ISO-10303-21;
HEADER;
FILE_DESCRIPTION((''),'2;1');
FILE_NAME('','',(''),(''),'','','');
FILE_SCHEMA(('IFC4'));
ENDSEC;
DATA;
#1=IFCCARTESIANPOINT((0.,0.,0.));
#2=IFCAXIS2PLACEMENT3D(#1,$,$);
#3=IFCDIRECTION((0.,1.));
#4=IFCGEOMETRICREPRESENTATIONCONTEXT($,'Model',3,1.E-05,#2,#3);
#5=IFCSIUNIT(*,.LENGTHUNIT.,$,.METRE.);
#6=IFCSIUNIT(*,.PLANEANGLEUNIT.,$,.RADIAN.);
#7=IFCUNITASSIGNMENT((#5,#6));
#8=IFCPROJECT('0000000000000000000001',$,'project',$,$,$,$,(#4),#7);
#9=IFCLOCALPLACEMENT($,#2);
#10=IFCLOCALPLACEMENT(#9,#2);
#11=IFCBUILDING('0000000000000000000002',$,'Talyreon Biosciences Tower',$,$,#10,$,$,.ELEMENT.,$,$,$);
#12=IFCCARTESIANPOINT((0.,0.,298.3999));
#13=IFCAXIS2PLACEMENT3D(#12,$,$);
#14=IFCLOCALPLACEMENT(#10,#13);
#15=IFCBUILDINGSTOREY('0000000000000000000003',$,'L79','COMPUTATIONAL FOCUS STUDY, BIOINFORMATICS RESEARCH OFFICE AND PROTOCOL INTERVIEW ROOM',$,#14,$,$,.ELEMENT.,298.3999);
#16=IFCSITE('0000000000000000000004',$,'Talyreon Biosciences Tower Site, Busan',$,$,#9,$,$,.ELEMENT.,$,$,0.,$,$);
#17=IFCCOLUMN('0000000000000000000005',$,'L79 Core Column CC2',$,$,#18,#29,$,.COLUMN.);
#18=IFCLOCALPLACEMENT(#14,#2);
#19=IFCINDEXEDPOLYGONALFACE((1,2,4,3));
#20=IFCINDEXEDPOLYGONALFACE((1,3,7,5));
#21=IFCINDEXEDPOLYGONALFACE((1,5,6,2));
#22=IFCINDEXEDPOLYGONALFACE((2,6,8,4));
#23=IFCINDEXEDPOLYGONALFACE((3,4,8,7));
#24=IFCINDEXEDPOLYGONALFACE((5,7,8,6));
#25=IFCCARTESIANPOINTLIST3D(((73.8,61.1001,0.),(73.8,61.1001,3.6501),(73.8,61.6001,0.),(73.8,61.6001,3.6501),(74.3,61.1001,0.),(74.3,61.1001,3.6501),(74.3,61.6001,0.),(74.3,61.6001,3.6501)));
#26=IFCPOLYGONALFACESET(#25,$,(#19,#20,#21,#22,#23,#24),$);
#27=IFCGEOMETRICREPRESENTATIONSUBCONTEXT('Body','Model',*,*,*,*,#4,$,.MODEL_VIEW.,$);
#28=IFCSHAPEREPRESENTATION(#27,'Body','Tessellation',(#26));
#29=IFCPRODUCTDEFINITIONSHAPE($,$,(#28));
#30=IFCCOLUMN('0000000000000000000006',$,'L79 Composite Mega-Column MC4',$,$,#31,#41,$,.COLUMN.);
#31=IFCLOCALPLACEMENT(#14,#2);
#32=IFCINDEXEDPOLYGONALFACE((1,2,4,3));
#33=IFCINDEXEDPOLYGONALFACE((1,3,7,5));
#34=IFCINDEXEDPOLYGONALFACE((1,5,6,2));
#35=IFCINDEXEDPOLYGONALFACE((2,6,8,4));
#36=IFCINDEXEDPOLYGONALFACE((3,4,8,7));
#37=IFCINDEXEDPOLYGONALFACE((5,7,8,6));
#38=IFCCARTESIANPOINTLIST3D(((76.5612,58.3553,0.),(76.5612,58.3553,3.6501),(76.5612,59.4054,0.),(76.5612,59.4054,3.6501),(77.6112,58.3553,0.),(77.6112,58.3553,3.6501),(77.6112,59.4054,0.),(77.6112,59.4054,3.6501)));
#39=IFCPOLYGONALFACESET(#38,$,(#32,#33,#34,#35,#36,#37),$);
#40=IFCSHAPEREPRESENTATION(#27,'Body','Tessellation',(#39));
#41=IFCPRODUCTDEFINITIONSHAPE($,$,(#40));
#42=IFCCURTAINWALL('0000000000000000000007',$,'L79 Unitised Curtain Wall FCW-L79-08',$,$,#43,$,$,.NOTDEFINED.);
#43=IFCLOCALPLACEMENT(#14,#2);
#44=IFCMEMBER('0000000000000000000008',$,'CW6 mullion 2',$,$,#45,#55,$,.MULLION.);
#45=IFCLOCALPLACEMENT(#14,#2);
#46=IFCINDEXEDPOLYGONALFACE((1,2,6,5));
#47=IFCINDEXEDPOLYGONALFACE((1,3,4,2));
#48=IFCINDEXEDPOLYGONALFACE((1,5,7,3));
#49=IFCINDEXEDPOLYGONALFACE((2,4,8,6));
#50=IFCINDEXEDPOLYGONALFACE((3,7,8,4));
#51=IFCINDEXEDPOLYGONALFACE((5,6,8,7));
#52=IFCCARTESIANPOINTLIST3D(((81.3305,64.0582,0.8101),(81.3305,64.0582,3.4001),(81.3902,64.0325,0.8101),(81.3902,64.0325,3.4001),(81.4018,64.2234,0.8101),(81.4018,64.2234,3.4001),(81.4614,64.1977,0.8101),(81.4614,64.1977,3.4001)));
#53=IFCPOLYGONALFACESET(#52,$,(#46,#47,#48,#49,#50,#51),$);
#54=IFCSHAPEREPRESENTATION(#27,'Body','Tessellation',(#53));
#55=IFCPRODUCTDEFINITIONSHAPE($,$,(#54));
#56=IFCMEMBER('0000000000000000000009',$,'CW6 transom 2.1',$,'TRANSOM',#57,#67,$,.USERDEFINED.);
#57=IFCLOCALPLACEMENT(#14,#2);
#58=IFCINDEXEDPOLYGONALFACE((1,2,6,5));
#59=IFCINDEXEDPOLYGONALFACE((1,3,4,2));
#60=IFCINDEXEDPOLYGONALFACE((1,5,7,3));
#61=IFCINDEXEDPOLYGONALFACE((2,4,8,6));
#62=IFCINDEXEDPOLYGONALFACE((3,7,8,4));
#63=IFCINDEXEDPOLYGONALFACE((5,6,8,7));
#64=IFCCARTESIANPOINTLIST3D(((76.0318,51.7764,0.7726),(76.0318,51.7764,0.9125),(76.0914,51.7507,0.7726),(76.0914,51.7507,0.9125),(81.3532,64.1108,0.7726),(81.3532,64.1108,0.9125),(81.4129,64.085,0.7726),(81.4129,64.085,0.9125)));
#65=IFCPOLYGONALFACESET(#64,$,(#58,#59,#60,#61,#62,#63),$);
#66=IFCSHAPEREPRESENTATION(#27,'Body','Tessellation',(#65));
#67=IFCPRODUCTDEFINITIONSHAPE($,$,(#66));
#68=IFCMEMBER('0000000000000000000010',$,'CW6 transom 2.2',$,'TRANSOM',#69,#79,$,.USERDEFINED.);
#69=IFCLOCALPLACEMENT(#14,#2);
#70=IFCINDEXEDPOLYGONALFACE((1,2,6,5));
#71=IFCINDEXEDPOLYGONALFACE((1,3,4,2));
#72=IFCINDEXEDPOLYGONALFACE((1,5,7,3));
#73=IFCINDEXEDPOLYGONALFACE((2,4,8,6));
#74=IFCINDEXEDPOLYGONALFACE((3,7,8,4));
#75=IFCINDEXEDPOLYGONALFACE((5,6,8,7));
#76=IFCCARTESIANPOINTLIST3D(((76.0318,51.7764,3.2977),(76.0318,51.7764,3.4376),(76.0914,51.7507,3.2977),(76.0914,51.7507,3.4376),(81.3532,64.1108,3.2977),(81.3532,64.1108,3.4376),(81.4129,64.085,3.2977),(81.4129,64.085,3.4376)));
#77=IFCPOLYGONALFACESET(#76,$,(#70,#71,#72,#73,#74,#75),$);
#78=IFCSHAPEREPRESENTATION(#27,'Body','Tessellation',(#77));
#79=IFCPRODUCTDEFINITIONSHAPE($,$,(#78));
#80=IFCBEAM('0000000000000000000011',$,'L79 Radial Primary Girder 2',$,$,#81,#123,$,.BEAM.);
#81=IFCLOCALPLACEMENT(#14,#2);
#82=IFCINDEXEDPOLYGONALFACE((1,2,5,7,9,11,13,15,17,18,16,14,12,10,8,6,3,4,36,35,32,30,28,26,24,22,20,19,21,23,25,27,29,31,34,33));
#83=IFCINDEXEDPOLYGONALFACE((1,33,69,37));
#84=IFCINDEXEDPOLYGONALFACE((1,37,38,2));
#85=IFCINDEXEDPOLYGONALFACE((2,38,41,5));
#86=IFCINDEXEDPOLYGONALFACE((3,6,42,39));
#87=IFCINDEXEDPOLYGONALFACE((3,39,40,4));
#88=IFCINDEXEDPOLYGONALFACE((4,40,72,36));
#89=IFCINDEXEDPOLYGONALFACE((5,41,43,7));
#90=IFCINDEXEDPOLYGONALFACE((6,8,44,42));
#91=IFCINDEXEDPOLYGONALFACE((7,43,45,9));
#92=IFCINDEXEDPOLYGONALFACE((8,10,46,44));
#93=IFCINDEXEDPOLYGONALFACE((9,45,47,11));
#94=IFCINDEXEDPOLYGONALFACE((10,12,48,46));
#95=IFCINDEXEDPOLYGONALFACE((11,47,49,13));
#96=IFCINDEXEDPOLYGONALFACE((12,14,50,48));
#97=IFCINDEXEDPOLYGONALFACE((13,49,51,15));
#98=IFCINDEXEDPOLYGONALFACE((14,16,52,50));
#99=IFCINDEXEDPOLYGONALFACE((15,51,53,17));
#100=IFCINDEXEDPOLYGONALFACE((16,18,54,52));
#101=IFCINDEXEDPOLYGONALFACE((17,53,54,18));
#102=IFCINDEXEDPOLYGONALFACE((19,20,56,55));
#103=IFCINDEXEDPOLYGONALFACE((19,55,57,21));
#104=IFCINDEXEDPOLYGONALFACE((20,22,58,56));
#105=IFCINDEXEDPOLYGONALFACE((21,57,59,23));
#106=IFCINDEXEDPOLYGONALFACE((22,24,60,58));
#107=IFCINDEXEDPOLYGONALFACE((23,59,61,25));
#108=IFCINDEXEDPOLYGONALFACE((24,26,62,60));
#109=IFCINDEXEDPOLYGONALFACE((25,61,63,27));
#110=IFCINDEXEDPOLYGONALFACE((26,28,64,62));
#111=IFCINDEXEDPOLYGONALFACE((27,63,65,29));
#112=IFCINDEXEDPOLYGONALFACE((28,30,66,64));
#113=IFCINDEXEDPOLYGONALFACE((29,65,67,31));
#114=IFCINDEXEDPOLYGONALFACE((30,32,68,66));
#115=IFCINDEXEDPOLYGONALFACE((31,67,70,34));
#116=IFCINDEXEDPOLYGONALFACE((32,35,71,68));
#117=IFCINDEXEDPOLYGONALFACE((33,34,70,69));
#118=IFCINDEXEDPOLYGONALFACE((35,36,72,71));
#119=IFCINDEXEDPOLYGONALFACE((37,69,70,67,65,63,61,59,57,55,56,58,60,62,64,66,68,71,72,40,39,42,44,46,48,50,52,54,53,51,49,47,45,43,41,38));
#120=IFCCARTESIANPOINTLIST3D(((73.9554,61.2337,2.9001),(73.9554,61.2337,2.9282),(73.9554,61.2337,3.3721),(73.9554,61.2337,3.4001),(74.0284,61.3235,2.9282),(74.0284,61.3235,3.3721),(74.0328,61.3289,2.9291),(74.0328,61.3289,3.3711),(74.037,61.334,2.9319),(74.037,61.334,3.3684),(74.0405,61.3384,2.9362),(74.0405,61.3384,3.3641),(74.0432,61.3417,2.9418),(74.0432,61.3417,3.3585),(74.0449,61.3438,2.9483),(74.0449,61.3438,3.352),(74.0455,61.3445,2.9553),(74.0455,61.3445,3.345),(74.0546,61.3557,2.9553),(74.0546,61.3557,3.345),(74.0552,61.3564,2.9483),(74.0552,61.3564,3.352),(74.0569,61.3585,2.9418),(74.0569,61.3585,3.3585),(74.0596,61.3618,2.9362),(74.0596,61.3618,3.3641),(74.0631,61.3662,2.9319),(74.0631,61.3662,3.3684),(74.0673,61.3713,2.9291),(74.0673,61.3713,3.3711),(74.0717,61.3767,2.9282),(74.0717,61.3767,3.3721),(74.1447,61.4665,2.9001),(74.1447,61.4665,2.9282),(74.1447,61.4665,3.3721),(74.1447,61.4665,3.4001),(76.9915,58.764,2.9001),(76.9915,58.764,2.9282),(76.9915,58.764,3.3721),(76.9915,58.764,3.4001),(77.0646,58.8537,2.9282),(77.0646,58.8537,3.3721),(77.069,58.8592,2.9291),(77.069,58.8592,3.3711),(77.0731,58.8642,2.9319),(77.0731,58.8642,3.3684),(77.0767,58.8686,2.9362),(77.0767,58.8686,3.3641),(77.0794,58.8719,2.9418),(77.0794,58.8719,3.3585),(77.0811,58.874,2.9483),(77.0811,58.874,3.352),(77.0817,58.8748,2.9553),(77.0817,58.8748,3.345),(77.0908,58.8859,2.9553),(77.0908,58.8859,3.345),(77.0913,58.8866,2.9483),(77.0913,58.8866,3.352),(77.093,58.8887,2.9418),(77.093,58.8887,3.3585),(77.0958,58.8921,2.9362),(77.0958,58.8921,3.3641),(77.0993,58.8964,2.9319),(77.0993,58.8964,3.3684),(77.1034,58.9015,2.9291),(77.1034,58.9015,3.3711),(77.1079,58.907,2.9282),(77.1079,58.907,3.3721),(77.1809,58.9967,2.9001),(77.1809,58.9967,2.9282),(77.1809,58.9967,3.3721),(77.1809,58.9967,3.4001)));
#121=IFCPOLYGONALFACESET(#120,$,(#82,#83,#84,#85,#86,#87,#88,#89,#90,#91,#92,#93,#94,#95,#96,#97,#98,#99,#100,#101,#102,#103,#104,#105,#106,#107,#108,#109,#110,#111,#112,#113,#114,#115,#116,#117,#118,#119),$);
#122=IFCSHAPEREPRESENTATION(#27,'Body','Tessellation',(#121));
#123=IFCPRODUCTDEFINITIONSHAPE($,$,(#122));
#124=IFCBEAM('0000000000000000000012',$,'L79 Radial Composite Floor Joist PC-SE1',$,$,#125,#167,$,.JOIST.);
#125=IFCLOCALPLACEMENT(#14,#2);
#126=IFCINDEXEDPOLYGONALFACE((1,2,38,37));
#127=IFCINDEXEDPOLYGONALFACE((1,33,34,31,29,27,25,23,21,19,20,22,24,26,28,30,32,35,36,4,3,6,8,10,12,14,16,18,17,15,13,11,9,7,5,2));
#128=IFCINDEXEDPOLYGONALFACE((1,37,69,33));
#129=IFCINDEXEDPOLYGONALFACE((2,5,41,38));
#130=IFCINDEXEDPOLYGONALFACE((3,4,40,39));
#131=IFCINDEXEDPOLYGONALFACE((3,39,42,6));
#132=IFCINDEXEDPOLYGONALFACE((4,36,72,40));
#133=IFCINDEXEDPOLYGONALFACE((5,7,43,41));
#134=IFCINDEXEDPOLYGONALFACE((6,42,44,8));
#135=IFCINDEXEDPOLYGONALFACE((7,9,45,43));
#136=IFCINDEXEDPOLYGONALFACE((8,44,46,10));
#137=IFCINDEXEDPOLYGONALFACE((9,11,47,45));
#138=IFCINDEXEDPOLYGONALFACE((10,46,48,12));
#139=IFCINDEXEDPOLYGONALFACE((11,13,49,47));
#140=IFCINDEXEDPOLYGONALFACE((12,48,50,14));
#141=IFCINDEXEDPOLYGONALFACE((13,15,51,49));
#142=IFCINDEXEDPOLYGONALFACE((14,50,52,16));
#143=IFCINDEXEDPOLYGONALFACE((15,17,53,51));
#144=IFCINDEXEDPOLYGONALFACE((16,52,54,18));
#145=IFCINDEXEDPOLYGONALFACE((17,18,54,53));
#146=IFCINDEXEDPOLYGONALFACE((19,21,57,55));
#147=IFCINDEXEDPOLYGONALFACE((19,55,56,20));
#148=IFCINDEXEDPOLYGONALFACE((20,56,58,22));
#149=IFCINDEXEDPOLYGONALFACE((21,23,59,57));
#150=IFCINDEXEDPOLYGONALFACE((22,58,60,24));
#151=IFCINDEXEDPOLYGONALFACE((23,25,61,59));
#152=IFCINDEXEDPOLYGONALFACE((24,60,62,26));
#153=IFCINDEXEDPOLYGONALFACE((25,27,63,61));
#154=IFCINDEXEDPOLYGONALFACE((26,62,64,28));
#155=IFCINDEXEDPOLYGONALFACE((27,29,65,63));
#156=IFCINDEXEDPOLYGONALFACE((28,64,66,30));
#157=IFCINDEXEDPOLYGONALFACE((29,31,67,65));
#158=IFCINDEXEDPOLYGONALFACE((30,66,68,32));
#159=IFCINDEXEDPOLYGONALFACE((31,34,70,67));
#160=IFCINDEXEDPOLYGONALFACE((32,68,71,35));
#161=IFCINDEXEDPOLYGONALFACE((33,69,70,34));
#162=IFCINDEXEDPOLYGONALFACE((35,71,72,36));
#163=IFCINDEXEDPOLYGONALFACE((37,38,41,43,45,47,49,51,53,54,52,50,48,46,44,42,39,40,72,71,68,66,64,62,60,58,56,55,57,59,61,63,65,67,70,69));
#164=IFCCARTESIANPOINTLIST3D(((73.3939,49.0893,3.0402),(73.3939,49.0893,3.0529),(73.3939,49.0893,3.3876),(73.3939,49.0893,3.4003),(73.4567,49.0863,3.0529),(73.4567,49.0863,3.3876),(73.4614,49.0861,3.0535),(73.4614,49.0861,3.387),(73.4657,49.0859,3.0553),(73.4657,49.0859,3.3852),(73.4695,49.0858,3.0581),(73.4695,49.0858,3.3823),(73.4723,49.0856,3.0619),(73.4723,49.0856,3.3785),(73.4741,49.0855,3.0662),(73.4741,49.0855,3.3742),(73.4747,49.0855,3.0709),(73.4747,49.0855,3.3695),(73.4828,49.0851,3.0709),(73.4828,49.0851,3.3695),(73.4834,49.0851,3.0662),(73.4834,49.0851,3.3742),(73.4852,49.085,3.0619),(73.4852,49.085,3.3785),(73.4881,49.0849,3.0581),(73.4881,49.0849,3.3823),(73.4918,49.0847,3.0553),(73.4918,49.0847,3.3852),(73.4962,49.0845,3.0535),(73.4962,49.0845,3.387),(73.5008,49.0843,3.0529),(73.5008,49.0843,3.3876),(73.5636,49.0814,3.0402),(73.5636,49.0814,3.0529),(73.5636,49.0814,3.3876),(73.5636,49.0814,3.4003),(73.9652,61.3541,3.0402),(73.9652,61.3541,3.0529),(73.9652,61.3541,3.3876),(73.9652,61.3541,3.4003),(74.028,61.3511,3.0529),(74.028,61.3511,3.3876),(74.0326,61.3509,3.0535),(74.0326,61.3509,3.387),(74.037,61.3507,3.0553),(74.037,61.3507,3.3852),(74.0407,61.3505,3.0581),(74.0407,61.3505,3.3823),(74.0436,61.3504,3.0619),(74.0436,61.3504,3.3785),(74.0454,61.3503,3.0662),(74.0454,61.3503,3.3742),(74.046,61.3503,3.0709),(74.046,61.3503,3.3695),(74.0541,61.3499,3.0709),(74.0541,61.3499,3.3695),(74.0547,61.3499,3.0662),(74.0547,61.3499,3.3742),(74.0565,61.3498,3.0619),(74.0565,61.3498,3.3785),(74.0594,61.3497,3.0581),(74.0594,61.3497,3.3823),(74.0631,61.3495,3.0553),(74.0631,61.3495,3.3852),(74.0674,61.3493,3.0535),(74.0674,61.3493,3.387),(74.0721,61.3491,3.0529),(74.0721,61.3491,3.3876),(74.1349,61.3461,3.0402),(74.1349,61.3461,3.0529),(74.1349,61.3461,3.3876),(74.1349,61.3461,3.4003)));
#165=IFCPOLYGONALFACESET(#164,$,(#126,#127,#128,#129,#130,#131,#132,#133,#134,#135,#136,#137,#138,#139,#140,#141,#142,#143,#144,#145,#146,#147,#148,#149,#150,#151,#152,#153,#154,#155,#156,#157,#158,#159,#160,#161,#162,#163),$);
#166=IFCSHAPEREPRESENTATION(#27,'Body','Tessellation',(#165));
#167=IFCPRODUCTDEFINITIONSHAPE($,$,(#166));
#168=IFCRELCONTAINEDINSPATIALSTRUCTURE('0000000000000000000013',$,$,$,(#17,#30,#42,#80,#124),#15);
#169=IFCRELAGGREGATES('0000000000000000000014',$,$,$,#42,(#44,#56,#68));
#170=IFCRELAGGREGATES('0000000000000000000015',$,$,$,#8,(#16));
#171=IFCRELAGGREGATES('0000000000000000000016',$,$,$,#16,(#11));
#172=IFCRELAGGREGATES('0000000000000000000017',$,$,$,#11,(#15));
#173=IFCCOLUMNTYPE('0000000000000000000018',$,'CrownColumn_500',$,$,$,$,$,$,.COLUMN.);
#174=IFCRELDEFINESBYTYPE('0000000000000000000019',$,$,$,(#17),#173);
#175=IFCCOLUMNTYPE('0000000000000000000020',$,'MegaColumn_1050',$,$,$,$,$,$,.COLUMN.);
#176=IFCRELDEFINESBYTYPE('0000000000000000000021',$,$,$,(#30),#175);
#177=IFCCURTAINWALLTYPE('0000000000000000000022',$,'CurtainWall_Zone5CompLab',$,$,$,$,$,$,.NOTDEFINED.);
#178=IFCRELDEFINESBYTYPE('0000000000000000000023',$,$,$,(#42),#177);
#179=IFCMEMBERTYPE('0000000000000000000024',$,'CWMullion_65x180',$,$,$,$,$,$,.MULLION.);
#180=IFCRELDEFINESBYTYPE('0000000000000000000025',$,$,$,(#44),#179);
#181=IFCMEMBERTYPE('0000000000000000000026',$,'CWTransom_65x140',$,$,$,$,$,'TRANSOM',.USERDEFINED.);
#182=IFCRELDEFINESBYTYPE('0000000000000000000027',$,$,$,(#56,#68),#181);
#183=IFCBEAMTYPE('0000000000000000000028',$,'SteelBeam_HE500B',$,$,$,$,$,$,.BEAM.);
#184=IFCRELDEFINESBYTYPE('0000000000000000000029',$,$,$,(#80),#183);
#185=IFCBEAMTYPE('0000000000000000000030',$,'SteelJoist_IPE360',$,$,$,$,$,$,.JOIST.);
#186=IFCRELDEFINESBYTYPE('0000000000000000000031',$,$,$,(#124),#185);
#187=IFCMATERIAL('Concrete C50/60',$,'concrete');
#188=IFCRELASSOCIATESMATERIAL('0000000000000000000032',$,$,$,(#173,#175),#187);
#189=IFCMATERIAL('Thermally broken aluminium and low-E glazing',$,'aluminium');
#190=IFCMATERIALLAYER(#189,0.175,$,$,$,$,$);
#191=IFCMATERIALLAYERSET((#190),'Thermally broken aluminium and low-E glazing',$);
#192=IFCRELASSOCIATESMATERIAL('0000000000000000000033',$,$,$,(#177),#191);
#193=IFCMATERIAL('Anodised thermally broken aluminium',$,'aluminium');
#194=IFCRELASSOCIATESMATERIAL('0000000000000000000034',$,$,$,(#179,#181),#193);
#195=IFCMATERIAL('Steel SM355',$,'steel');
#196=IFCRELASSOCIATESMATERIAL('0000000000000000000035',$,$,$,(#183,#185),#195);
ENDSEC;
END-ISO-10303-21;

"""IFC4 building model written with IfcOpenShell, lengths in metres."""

from ifc_helpers import new_model, si_unit, direction, frame, origin, origin_2d, place, context, subcontext, project, spatial, rectangle, i_section, extrude, material, layer, layer_set, material_profile, profile_set, type_object, element, aggregate, save


model = new_model("IFC4")

# Units and contexts
model_context = context("Model", 3, precision=1e-05, world=origin(), true_north=direction((0.0, 1.0)))
body_context = subcontext(model_context, "Body", "Model", "MODEL_VIEW")
ifc_project = project(units=[si_unit("LENGTHUNIT", "METRE"), si_unit("PLANEANGLEUNIT", "RADIAN")], contexts=[model_context])

# Site, building, storey
site_placement = place(None, origin())
site = spatial("IfcSite", under=ifc_project, at=site_placement, Name="Talyreon Biosciences Tower Site, Busan", CompositionType="ELEMENT", RefElevation=0.0)
building_placement = place(site_placement, origin())
building = spatial("IfcBuilding", under=site, at=building_placement, Name="Talyreon Biosciences Tower", CompositionType="ELEMENT")
storey_placement = place(building_placement, frame((0.0, 0.0, 298.3999)))
storey = spatial("IfcBuildingStorey", under=building, at=storey_placement, Name="L79", Description="COMPUTATIONAL FOCUS STUDY, BIOINFORMATICS RESEARCH OFFICE AND PROTOCOL INTERVIEW ROOM", CompositionType="ELEMENT", Elevation=298.3999)

# Columns
ifc_material_1 = material(Name="Concrete C50/60", Category="concrete")
ifc_material_profile_1 = material_profile(ifc_material_1, rectangle(XDim=0.5, YDim=0.5, at=origin_2d()), Name="RC 500x500")
ifc_profile_set_1 = profile_set([ifc_material_profile_1], Name="Concrete C50/60")
column_type_1 = type_object("IfcColumnType", Name="CrownColumn_500", PredefinedType="COLUMN", material=ifc_profile_set_1)
column_1_placement = place(storey_placement, frame((74.05, 61.3501, 0.0), z_axis=(0.0, 0.0, 1.0), x_axis=(1.0, 0.0, 0.0)))
element("IfcColumn", 1, at=column_1_placement, inside=storey, type_object=column_type_1, Name="L79 Core Column CC2", PredefinedType="COLUMN", context=body_context, shape_type="SweptSolid", body=[
    extrude(rectangle(XDim=0.5, YDim=0.5, at=origin_2d()), origin(), (0.0, 0.0, 1.0), 3.6501),
])
ifc_material_profile_2 = material_profile(ifc_material_1, rectangle(XDim=1.05, YDim=1.05, at=origin_2d()), Name="RC 1050x1050")
ifc_profile_set_2 = profile_set([ifc_material_profile_2], Name="Concrete C50/60")
column_type_2 = type_object("IfcColumnType", Name="MegaColumn_1050", PredefinedType="COLUMN", material=ifc_profile_set_2)
column_2_placement = place(storey_placement, frame((77.0862, 58.8804, 0.0), z_axis=(0.0, 0.0, 1.0), x_axis=(1.0, 0.0, 0.0)))
element("IfcColumn", 2, at=column_2_placement, inside=storey, type_object=column_type_2, Name="L79 Composite Mega-Column MC4", PredefinedType="COLUMN", context=body_context, shape_type="SweptSolid", body=[
    extrude(rectangle(XDim=1.05, YDim=1.05, at=origin_2d()), origin(), (0.0, 0.0, 1.0), 3.6501),
])

# Curtain wall, members
ifc_material_2 = material(Name="Thermally broken aluminium and low-E glazing", Category="aluminium")
ifc_layer_1 = layer(ifc_material_2, 0.175)
ifc_layer_set_1 = layer_set([ifc_layer_1], Name="Thermally broken aluminium and low-E glazing")
curtain_wall_type = type_object("IfcCurtainWallType", Name="CurtainWall_Zone5CompLab", PredefinedType="NOTDEFINED", material=ifc_layer_set_1)
curtain_wall_placement = place(storey_placement, origin())
curtain_wall = element("IfcCurtainWall", 3, at=curtain_wall_placement, inside=storey, type_object=curtain_wall_type, Name="L79 Unitised Curtain Wall FCW-L79-08", PredefinedType="NOTDEFINED")
ifc_material_3 = material(Name="Anodised thermally broken aluminium", Category="aluminium")
ifc_material_profile_3 = material_profile(ifc_material_3, rectangle(XDim=0.0649, YDim=0.1799, at=origin_2d()), Name="ALUM MULLION 65x180")
ifc_profile_set_3 = profile_set([ifc_material_profile_3], Name="Anodised thermally broken aluminium")
member_type_1 = type_object("IfcMemberType", Name="CWMullion_65x180", PredefinedType="MULLION", material=ifc_profile_set_3)
member_1_placement = place(storey_placement, frame((81.396, 64.1279, 0.8101), z_axis=(0.0, 0.0, 1.0), x_axis=(0.918187, -0.396147, 0.0)))
member_1 = element("IfcMember", 4, at=member_1_placement, type_object=member_type_1, Name="CW6 mullion 2", PredefinedType="MULLION", context=body_context, shape_type="SweptSolid", body=[
    extrude(rectangle(XDim=0.0649, YDim=0.1799, at=origin_2d()), origin(), (0.0, 0.0, 1.0), 2.5901),
])
ifc_material_profile_4 = material_profile(ifc_material_3, rectangle(XDim=0.0649, YDim=0.1399, at=origin_2d()), Name="ALUM TRANSOM 65x140")
ifc_profile_set_4 = profile_set([ifc_material_profile_4], Name="Anodised thermally broken aluminium")
member_type_2 = type_object("IfcMemberType", Name="CWTransom_65x140", ElementType="TRANSOM", PredefinedType="USERDEFINED", material=ifc_profile_set_4)
member_2_placement = place(storey_placement, frame((81.3831, 64.0979, 0.8425), z_axis=(-0.39614, -0.91819, 0.0), x_axis=(0.91819, -0.39614, 0.0)))
member_2 = element("IfcMember", 5, at=member_2_placement, type_object=member_type_2, Name="CW6 transom 2.1", ObjectType="TRANSOM", PredefinedType="USERDEFINED", context=body_context, shape_type="SweptSolid", body=[
    extrude(rectangle(XDim=0.0649, YDim=0.1399, at=origin_2d()), origin(), (0.0, 0.0, 1.0), 13.4333),
])
member_3_placement = place(storey_placement, frame((81.3831, 64.0979, 3.3677), z_axis=(-0.39614, -0.91819, 0.0), x_axis=(0.91819, -0.39614, 0.0)))
member_3 = element("IfcMember", 6, at=member_3_placement, type_object=member_type_2, Name="CW6 transom 2.2", ObjectType="TRANSOM", PredefinedType="USERDEFINED", context=body_context, shape_type="SweptSolid", body=[
    extrude(rectangle(XDim=0.0649, YDim=0.1399, at=origin_2d()), origin(), (0.0, 0.0, 1.0), 13.4333),
])
aggregate(curtain_wall, [member_1, member_2, member_3])

# Beams
ifc_material_4 = material(Name="Steel SM355", Category="steel")
ifc_material_profile_5 = material_profile(ifc_material_4, i_section(OverallWidth=0.3, OverallDepth=0.5, WebThickness=0.0144, FlangeThickness=0.0281, FilletRadius=0.0271, at=origin_2d()), Name="HE500B")
ifc_profile_set_5 = profile_set([ifc_material_profile_5], Name="Steel SM355")
beam_type_1 = type_object("IfcBeamType", Name="SteelBeam_HE500B", PredefinedType="BEAM", material=ifc_profile_set_5)
beam_1_placement = place(storey_placement, frame((74.05, 61.3501, 3.1501), z_axis=(0.775755, -0.631034, 0.0), x_axis=(0.631034, 0.775755, 0.0)))
element("IfcBeam", 7, at=beam_1_placement, inside=storey, type_object=beam_type_1, Name="L79 Radial Primary Girder 2", PredefinedType="BEAM", context=body_context, shape_type="SweptSolid", body=[
    extrude(i_section(OverallWidth=0.3, OverallDepth=0.5, WebThickness=0.0144, FlangeThickness=0.0281, FilletRadius=0.0271, at=origin_2d()), origin(), (0.0, 0.0, 1.0), 3.9138),
])
ifc_material_profile_6 = material_profile(ifc_material_4, i_section(OverallWidth=0.1699, OverallDepth=0.3601, WebThickness=0.0081, FlangeThickness=0.0127, FilletRadius=0.0181, at=origin_2d()), Name="IPE360")
ifc_profile_set_6 = profile_set([ifc_material_profile_6], Name="Steel SM355")
beam_type_2 = type_object("IfcBeamType", Name="SteelJoist_IPE360", PredefinedType="JOIST", material=ifc_profile_set_6)
beam_2_placement = place(storey_placement, frame((74.05, 61.3501, 3.2202), z_axis=(-0.046529, -0.998917, 0.0), x_axis=(0.998917, -0.046529, 0.0)))
element("IfcBeam", 8, at=beam_2_placement, inside=storey, type_object=beam_type_2, Name="L79 Radial Composite Floor Joist PC-SE1", PredefinedType="JOIST", context=body_context, shape_type="SweptSolid", body=[
    extrude(i_section(OverallWidth=0.1699, OverallDepth=0.3601, WebThickness=0.0081, FlangeThickness=0.0127, FilletRadius=0.0181, at=origin_2d()), origin(), (0.0, 0.0, 1.0), 12.2781),
])

save(model, "model.ifc")
